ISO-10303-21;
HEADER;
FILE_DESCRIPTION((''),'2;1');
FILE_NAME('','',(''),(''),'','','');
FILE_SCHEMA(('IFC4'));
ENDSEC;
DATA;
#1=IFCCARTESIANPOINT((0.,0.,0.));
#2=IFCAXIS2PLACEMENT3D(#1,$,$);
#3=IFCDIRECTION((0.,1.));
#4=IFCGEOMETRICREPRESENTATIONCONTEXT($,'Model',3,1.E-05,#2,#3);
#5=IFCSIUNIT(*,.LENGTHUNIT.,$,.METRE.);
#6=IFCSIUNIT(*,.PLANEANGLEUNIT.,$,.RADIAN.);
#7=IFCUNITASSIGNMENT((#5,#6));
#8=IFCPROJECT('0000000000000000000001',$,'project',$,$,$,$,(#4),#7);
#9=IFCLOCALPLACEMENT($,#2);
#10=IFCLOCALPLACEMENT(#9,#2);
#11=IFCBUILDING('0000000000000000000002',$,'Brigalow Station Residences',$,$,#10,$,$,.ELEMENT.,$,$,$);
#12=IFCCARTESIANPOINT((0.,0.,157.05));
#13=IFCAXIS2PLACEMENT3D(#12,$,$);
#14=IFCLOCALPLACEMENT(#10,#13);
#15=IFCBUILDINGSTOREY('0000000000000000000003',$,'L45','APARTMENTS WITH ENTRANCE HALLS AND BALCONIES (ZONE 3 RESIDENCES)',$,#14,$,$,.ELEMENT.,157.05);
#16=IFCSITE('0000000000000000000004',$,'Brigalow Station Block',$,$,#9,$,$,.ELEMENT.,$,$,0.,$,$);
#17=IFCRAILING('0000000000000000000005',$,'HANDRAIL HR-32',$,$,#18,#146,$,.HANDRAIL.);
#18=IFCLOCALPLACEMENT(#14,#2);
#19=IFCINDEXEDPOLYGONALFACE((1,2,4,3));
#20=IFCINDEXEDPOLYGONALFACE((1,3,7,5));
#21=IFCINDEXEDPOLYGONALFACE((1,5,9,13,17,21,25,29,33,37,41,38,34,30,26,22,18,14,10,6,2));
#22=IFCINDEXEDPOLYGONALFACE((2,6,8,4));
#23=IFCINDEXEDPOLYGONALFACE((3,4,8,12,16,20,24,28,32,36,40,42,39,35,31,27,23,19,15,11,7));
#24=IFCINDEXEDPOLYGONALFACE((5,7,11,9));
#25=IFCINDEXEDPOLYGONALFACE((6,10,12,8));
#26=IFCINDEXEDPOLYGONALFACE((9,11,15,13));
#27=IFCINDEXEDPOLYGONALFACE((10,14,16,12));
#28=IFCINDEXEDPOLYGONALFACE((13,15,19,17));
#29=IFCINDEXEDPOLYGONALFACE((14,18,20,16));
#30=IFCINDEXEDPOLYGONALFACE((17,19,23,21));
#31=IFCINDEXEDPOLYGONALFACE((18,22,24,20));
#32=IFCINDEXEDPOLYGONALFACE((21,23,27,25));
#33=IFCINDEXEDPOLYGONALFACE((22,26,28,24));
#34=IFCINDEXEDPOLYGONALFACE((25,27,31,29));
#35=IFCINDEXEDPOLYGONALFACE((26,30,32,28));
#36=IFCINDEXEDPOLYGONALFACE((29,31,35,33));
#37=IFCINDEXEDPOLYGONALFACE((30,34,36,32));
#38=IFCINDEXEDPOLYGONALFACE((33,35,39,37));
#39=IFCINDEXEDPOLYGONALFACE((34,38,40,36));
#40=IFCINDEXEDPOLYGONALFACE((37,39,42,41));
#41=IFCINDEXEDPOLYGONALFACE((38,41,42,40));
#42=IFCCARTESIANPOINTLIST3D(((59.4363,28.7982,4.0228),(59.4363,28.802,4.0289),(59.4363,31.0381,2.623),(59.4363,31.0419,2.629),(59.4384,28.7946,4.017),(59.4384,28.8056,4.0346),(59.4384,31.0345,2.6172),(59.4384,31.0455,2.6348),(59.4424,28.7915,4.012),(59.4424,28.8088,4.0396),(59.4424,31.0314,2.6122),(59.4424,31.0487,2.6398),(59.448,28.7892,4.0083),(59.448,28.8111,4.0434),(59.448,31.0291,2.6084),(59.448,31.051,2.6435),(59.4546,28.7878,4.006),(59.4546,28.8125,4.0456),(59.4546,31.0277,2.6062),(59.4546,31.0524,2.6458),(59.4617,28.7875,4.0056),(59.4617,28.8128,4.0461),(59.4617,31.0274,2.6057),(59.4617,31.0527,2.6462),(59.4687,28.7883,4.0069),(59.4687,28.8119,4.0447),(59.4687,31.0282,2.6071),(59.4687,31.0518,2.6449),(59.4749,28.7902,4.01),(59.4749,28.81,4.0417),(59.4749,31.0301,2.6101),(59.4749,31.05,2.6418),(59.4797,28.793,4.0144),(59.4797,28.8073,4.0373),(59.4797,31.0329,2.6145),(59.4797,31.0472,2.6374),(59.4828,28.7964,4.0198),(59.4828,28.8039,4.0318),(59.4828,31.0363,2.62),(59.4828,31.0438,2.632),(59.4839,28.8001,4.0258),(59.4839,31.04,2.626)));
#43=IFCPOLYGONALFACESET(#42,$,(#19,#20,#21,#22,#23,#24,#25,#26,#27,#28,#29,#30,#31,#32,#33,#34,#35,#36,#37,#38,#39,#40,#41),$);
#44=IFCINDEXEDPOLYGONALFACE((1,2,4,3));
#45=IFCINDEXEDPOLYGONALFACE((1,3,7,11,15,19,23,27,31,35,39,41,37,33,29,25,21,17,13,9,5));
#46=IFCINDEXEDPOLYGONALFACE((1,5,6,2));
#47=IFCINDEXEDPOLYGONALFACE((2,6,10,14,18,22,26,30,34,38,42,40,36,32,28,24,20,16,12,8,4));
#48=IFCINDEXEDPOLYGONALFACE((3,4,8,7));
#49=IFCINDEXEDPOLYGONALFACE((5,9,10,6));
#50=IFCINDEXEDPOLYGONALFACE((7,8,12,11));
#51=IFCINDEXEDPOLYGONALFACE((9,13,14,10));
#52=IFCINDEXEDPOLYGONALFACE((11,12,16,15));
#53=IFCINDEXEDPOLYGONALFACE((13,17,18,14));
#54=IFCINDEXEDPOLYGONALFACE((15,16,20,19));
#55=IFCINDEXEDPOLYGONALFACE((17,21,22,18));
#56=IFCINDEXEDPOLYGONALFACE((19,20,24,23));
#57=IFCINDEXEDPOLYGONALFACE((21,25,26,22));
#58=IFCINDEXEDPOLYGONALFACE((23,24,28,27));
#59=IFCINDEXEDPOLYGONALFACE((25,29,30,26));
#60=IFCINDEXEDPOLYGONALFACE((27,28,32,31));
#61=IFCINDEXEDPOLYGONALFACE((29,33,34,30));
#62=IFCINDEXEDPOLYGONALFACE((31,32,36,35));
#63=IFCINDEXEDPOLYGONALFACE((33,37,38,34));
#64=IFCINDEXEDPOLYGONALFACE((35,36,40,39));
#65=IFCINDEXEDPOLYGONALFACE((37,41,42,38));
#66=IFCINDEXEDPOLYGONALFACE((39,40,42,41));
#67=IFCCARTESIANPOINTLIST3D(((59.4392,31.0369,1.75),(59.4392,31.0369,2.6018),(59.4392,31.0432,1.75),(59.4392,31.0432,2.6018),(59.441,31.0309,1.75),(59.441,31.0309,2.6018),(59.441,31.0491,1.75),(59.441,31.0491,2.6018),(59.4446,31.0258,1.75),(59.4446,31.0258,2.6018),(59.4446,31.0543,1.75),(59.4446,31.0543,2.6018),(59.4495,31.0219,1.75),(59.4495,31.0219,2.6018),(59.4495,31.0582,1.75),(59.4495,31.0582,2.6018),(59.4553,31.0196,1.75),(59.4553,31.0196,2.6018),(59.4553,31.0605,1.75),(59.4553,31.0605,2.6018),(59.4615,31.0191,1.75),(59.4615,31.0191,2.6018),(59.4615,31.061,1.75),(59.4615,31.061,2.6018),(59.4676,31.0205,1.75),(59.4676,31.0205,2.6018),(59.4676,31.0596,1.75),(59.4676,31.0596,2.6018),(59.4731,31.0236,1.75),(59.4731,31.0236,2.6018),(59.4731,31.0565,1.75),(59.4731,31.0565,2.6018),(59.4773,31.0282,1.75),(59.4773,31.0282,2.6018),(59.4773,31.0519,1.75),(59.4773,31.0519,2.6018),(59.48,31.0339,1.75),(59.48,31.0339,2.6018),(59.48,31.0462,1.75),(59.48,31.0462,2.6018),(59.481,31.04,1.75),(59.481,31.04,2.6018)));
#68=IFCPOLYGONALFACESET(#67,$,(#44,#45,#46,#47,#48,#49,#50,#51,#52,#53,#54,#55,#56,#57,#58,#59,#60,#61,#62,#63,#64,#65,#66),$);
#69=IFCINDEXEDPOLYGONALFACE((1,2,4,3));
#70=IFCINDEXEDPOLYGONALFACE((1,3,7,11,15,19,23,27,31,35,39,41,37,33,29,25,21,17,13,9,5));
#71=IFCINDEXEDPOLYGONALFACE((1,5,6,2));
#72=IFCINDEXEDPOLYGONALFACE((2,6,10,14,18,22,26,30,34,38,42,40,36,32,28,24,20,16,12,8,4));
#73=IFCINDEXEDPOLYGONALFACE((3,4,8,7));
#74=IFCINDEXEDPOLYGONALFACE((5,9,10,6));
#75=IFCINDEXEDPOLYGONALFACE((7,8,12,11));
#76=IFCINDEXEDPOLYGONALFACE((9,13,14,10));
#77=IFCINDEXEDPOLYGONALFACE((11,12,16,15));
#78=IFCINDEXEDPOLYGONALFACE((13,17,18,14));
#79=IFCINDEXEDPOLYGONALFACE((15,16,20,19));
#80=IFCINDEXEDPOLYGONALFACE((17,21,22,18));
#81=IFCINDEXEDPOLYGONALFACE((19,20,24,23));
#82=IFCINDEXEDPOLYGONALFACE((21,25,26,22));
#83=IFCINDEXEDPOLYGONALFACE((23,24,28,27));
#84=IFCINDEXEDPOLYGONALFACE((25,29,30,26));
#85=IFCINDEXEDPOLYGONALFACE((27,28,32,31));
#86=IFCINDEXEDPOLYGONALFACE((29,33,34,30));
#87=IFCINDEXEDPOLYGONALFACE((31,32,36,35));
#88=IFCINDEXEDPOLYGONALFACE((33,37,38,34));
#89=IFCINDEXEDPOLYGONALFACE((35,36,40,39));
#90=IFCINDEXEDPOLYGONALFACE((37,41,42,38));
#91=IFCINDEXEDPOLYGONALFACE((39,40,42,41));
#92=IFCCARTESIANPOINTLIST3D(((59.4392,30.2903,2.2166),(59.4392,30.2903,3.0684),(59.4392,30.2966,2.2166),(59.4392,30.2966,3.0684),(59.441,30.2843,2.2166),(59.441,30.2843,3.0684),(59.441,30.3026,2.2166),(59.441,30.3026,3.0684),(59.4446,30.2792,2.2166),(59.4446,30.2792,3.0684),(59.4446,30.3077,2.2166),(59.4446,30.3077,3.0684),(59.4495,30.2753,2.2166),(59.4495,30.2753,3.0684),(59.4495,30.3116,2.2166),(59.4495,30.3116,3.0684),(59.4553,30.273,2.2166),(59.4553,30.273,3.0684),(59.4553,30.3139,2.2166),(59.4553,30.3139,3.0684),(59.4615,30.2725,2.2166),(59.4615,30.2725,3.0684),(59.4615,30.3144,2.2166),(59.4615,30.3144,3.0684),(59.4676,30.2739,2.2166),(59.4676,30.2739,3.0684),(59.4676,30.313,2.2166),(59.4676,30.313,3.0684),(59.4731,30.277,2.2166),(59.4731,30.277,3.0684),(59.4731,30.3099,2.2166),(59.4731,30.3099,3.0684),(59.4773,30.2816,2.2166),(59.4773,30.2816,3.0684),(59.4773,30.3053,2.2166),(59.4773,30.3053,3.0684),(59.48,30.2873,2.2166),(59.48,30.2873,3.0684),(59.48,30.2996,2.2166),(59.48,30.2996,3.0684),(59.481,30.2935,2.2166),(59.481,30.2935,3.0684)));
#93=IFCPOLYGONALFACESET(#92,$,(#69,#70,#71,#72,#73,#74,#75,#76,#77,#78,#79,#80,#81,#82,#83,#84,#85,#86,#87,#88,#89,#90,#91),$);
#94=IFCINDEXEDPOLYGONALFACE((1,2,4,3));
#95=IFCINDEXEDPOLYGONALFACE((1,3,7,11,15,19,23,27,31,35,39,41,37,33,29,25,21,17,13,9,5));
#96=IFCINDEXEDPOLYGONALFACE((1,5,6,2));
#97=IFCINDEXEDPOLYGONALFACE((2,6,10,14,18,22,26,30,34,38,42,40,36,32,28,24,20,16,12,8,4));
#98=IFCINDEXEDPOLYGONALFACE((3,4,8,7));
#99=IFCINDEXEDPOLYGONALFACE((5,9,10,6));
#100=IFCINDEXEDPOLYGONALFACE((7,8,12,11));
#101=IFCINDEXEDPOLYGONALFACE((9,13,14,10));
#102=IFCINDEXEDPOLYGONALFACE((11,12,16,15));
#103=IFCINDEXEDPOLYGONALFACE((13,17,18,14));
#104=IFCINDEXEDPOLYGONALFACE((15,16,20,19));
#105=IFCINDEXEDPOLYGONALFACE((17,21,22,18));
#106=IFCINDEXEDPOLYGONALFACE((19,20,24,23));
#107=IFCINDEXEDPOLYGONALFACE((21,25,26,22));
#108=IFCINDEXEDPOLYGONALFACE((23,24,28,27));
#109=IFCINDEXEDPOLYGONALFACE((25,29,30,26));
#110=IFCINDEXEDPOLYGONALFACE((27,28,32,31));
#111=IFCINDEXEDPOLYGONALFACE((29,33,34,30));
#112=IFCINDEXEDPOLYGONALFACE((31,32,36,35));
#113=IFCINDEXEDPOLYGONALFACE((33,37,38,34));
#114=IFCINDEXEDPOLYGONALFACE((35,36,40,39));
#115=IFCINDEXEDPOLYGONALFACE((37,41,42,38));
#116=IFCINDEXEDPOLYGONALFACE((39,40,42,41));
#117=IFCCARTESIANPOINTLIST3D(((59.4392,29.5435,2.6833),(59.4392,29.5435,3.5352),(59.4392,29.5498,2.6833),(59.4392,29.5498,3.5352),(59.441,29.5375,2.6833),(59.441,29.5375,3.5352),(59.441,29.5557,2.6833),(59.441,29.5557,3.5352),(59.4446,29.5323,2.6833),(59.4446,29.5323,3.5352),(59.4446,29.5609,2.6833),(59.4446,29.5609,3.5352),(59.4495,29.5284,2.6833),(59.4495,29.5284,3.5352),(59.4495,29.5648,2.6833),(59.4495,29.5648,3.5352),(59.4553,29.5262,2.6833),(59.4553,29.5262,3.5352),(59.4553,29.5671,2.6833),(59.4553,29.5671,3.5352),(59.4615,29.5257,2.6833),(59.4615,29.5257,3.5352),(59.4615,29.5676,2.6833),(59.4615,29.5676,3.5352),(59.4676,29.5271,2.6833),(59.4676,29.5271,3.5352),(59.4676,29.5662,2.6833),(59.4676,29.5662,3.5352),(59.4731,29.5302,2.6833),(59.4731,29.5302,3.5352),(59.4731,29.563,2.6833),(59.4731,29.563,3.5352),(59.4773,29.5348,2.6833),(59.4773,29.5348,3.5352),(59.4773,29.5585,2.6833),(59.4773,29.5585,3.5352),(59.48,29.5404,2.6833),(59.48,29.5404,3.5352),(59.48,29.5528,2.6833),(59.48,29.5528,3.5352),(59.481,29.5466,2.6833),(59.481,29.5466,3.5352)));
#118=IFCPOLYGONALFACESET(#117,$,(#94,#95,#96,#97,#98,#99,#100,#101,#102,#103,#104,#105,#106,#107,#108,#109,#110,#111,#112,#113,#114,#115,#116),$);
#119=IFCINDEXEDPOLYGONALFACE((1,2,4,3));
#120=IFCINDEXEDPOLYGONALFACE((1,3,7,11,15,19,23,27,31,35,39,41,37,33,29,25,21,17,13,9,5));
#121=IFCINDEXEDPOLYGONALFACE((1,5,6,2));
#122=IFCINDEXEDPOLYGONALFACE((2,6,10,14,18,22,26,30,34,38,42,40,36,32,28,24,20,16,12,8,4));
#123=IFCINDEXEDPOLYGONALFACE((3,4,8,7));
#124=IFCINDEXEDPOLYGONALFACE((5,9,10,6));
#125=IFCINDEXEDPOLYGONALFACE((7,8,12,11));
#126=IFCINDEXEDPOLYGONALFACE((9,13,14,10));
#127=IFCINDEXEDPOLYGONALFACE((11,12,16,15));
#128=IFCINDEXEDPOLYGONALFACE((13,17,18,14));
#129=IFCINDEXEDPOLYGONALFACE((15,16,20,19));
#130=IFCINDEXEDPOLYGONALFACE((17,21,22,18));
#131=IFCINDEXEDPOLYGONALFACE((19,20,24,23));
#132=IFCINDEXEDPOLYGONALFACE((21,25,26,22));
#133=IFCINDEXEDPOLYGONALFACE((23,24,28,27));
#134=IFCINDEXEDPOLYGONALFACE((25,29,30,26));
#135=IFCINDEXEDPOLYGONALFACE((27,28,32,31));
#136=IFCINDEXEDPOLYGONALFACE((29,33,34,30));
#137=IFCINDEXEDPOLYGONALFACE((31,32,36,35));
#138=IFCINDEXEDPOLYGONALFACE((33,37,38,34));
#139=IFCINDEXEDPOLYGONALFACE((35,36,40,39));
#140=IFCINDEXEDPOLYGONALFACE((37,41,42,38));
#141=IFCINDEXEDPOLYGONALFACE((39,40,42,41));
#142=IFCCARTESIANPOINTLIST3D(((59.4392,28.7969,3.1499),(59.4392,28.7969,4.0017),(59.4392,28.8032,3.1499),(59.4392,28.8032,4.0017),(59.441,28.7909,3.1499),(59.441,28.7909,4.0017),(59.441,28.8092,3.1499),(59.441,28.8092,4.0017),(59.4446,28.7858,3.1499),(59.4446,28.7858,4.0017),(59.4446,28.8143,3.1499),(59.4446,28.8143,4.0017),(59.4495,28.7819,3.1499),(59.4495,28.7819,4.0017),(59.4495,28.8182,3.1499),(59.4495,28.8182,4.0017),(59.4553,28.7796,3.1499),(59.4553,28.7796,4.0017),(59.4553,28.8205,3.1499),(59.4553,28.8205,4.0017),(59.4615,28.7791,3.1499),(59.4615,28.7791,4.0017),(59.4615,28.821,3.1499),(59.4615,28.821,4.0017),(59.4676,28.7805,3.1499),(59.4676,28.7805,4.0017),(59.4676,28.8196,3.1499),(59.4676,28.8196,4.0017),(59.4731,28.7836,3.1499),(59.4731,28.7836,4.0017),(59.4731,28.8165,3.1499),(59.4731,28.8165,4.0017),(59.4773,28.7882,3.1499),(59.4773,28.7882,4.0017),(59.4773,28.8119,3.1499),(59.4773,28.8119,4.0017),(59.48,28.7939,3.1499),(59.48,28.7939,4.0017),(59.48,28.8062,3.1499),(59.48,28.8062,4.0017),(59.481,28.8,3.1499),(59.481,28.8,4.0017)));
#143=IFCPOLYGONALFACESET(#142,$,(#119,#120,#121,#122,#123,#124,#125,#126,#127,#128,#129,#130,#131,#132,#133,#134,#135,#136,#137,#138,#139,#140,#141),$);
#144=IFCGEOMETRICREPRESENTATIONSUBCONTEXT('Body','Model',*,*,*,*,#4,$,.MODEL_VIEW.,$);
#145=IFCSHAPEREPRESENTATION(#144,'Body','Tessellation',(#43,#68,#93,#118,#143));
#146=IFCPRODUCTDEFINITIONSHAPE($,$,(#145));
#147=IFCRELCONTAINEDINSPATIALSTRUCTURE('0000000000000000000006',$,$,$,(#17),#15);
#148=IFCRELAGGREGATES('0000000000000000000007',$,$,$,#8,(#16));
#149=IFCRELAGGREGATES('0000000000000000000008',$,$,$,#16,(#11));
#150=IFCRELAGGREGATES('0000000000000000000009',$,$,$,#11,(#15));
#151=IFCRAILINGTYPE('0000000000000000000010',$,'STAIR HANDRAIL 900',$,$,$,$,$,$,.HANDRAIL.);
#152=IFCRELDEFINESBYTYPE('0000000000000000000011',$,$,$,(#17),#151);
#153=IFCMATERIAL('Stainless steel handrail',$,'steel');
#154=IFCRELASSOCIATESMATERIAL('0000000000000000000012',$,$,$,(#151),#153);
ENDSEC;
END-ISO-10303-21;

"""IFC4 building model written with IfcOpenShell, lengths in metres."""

from ifc_helpers import new_model, si_unit, direction, frame, origin, origin_2d, place, context, subcontext, project, spatial, circle, extrude, material, type_object, element, save


model = new_model("IFC4")

# Units and contexts
model_context = context("Model", 3, precision=1e-05, world=origin(), true_north=direction((0.0, 1.0)))
body_context = subcontext(model_context, "Body", "Model", "MODEL_VIEW")
ifc_project = project(units=[si_unit("LENGTHUNIT", "METRE"), si_unit("PLANEANGLEUNIT", "RADIAN")], contexts=[model_context])

# Site, building, storey
site_placement = place(None, origin())
site = spatial("IfcSite", under=ifc_project, at=site_placement, Name="Brigalow Station Block", CompositionType="ELEMENT", RefElevation=0.0)
building_placement = place(site_placement, origin())
building = spatial("IfcBuilding", under=site, at=building_placement, Name="Brigalow Station Residences", CompositionType="ELEMENT")
storey_placement = place(building_placement, frame((0.0, 0.0, 157.05)))
storey = spatial("IfcBuildingStorey", under=building, at=storey_placement, Name="L45", Description="APARTMENTS WITH ENTRANCE HALLS AND BALCONIES (ZONE 3 RESIDENCES)", CompositionType="ELEMENT", Elevation=157.05)

# Railing
ifc_material_1 = material(Name="Stainless steel handrail", Category="steel")
railing_type_1 = type_object("IfcRailingType", Name="STAIR HANDRAIL 900", PredefinedType="HANDRAIL", material=ifc_material_1)
railing_1_placement = place(storey_placement, frame((59.46, 31.04, 1.75)))
element("IfcRailing", 1, at=railing_1_placement, inside=storey, type_object=railing_type_1, Name="HANDRAIL HR-32", PredefinedType="HANDRAIL", context=body_context, shape_type="SweptSolid", body=[
    extrude(circle(Radius=0.0239, at=origin_2d()), frame((0.0, 0.0, 0.876), z_axis=(0.0, -0.848014, 0.529974), x_axis=(1.0, 0.0, 0.0)), (0.0, 0.0, 1.0), 2.6414),
    extrude(circle(Radius=0.021, at=origin_2d()), origin(), (0.0, 0.0, 1.0), 0.8518),
    extrude(circle(Radius=0.021, at=origin_2d()), frame((0.0, -0.7466, 0.4666)), (0.0, 0.0, 1.0), 0.8518),
    extrude(circle(Radius=0.021, at=origin_2d()), frame((0.0, -1.4934, 0.9333)), (0.0, 0.0, 1.0), 0.8518),
    extrude(circle(Radius=0.021, at=origin_2d()), frame((0.0, -2.24, 1.3999)), (0.0, 0.0, 1.0), 0.8518),
])

save(model, "model.ifc")
